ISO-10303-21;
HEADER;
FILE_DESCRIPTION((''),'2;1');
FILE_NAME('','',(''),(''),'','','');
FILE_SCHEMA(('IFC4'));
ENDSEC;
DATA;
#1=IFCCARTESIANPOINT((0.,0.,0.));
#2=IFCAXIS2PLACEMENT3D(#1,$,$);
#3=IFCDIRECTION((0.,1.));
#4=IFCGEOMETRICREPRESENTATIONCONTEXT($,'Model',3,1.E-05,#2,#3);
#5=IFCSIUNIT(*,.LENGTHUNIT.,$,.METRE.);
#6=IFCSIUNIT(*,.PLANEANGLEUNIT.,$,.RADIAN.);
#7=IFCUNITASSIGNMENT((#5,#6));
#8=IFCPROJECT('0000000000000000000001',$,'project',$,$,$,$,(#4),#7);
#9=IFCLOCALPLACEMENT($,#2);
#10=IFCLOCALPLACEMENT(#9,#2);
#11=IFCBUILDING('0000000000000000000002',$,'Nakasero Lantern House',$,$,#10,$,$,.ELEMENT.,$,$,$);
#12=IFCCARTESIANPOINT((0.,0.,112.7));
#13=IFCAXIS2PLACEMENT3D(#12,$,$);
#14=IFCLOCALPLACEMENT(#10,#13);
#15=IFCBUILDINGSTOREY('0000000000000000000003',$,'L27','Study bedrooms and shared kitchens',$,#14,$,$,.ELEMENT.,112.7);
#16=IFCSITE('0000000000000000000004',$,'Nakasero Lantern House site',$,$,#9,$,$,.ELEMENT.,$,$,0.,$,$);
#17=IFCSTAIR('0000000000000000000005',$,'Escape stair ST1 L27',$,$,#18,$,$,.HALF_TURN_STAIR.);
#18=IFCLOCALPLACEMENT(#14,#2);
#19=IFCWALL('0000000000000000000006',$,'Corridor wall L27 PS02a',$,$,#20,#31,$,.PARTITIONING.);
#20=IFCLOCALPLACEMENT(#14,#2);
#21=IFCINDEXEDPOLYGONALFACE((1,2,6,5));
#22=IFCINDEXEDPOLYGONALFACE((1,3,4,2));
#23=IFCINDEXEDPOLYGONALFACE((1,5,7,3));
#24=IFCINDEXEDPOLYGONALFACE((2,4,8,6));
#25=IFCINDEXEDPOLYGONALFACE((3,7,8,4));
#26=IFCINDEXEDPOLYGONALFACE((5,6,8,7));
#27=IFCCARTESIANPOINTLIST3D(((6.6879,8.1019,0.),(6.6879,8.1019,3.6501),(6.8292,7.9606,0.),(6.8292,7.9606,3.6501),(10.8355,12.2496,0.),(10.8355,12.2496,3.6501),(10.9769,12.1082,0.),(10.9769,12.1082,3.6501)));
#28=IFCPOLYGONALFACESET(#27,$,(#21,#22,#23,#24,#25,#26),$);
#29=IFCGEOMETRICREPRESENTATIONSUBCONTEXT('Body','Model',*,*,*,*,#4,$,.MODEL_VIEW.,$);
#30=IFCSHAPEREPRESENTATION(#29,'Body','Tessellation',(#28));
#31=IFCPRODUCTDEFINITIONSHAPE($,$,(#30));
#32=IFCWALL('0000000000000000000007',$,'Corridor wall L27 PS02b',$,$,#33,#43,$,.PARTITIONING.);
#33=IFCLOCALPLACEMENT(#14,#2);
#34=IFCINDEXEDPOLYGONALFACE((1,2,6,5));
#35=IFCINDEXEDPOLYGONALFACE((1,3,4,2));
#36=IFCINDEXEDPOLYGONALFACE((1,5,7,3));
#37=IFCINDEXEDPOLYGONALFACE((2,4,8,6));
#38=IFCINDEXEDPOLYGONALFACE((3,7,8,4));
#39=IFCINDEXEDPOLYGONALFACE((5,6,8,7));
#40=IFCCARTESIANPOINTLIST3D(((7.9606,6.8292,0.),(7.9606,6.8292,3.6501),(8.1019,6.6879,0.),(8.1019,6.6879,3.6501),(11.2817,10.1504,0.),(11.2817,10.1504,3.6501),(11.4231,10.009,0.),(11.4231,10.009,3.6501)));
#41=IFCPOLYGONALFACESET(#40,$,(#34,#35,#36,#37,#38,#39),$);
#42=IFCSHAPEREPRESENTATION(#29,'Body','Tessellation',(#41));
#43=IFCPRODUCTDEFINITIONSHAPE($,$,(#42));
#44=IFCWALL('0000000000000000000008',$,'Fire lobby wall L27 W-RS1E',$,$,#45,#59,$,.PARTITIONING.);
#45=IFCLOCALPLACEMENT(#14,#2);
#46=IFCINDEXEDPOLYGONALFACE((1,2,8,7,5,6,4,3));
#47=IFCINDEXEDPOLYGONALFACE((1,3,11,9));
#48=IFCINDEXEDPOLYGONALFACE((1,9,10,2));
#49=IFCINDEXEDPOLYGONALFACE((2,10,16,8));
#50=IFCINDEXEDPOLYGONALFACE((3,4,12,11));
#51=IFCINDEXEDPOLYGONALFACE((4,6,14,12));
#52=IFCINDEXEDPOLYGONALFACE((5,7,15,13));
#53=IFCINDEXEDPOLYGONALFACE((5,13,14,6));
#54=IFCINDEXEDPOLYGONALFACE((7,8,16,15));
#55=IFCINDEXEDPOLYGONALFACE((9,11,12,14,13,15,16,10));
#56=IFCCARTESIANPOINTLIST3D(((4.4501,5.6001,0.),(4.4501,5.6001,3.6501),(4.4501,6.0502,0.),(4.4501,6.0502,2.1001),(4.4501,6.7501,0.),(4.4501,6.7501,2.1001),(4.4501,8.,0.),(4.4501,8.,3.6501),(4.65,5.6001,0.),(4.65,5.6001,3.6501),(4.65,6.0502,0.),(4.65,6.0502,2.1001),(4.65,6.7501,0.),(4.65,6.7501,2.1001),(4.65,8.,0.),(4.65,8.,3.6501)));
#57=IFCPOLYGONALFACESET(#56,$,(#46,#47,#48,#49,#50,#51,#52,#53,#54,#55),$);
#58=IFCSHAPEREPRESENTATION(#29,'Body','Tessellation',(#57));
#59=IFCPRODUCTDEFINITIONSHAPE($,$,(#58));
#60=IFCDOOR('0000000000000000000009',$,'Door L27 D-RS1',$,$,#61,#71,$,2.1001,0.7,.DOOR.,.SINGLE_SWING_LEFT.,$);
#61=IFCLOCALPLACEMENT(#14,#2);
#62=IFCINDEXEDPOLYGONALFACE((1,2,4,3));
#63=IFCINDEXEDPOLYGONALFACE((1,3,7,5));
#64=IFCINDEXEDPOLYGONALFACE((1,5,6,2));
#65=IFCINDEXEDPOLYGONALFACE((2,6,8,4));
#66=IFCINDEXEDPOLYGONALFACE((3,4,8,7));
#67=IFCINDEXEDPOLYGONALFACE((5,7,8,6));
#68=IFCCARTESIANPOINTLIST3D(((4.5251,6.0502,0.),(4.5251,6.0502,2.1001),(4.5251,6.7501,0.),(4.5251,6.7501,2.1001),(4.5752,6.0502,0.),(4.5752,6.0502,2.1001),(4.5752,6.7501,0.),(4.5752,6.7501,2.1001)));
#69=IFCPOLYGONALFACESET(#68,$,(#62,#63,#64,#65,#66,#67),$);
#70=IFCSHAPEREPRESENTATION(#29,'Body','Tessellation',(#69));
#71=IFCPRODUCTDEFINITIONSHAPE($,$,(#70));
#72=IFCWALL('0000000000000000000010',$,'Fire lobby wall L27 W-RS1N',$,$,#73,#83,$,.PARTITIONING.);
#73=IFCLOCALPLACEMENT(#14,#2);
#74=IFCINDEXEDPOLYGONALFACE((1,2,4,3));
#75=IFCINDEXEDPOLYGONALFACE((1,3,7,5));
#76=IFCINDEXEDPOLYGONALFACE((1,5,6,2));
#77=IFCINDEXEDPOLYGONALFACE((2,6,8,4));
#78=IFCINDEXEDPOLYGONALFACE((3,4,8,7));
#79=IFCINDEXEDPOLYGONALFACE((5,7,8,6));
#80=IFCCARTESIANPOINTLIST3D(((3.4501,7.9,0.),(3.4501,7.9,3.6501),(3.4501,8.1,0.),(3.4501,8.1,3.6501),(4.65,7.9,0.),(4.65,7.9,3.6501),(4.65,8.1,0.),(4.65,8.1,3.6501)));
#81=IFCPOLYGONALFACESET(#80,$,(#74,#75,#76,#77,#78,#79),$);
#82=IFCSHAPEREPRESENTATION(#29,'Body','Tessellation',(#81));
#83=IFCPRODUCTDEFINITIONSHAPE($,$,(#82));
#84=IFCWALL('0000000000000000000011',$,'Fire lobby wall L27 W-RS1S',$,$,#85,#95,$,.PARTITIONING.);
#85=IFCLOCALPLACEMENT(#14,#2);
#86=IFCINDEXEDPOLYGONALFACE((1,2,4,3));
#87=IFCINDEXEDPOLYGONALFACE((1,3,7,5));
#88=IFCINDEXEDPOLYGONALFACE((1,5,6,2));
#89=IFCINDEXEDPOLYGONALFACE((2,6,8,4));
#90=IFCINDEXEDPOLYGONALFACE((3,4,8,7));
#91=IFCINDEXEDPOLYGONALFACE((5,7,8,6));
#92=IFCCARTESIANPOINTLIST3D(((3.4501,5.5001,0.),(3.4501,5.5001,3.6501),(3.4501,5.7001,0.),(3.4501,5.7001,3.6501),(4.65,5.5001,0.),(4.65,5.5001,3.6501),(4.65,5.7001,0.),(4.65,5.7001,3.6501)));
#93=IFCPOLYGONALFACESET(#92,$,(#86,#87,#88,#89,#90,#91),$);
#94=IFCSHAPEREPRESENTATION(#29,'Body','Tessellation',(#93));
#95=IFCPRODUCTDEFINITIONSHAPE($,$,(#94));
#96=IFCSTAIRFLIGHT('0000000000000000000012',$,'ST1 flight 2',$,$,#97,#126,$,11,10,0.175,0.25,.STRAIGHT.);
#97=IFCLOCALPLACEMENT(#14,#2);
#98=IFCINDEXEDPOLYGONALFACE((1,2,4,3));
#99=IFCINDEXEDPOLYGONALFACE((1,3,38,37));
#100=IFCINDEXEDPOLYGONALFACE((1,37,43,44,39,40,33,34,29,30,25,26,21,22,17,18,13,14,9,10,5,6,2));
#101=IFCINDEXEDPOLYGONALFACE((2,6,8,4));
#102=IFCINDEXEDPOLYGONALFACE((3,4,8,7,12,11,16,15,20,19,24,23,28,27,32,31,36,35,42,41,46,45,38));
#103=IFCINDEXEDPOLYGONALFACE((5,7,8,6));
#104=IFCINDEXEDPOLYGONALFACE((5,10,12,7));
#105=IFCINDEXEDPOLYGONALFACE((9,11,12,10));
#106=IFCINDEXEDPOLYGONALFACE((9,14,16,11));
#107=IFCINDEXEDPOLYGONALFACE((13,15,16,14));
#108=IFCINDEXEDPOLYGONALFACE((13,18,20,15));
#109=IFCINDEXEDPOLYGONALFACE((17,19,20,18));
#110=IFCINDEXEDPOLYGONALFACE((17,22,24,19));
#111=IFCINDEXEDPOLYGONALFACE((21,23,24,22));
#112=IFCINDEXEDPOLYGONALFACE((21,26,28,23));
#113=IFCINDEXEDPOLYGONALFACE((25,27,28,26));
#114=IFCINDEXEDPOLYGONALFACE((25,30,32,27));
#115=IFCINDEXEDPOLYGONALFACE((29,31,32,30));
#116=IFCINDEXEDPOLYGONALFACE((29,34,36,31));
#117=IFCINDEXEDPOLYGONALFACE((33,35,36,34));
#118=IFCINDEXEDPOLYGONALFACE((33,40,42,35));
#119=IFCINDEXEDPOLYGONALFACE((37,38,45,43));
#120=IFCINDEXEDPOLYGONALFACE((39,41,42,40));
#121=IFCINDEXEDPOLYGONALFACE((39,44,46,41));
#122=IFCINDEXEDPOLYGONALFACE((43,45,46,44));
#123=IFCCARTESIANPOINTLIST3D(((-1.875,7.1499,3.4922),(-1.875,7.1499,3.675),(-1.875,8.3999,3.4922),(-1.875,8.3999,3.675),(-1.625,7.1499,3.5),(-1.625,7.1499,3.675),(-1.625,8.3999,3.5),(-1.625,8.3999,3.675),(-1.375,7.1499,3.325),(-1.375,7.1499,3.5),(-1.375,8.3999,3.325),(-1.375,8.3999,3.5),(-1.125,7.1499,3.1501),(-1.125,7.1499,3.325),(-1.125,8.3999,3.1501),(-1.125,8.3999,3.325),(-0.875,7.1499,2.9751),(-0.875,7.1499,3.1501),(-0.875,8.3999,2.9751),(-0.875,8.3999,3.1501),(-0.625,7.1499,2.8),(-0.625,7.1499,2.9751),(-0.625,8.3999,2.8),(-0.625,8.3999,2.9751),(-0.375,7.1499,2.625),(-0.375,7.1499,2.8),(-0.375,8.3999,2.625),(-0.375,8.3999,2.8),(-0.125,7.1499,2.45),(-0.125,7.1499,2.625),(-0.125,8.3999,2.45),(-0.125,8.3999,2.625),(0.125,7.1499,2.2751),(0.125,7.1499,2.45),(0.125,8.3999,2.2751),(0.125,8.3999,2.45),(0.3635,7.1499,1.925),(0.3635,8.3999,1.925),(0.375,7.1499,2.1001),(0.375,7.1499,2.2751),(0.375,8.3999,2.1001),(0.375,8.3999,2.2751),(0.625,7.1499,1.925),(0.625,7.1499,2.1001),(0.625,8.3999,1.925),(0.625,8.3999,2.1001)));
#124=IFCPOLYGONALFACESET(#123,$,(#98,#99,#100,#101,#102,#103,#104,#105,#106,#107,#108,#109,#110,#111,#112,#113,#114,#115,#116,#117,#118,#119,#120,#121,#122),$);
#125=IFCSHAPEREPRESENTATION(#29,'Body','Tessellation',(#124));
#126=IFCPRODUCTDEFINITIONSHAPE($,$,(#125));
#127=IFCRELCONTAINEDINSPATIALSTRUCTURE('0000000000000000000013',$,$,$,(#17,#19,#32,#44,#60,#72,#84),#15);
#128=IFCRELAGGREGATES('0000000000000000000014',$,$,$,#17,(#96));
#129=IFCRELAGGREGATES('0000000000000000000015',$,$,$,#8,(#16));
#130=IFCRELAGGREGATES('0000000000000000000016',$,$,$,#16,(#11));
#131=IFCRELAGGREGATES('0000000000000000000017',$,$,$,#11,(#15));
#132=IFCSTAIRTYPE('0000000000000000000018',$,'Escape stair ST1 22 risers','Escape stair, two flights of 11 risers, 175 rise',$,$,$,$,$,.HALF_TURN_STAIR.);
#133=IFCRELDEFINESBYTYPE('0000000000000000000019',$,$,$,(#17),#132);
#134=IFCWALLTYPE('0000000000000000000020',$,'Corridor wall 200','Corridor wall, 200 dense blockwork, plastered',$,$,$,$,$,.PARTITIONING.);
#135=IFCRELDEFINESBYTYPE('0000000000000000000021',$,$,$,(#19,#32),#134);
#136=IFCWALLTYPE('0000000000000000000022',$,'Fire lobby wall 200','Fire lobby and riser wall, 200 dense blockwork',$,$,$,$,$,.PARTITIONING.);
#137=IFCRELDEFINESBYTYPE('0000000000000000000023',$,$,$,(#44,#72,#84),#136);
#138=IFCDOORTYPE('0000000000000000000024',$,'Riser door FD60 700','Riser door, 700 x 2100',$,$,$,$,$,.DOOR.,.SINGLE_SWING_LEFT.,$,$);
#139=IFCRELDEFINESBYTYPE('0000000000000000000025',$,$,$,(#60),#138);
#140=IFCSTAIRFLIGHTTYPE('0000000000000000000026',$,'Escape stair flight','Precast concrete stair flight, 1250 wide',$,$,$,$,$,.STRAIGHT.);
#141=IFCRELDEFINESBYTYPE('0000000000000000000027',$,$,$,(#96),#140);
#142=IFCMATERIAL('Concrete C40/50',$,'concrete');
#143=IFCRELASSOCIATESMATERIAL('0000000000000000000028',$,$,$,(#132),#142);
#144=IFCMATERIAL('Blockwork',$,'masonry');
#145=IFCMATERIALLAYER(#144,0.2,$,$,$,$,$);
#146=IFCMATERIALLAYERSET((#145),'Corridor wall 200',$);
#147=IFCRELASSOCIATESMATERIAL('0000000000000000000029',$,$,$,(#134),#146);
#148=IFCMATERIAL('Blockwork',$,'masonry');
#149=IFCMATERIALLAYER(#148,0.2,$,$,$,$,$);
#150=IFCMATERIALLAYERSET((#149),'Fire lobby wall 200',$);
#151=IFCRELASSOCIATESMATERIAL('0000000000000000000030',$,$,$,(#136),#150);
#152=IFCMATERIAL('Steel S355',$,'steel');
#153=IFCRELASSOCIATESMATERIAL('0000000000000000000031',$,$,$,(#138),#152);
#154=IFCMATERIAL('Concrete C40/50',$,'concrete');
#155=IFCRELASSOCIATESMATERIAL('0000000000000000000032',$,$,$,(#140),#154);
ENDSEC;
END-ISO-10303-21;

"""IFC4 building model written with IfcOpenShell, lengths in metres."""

from ifc_helpers import new_model, si_unit, direction, frame, frame_2d, origin, place, context, subcontext, project, spatial, polyline, rectangle, outline, extrude, material, layer, layer_set, type_object, element, fill, aggregate, save


model = new_model("IFC4")

# Units and contexts
model_context = context("Model", 3, precision=1e-05, world=origin(), true_north=direction((0.0, 1.0)))
body_context = subcontext(model_context, "Body", "Model", "MODEL_VIEW")
ifc_project = project(units=[si_unit("LENGTHUNIT", "METRE"), si_unit("PLANEANGLEUNIT", "RADIAN")], contexts=[model_context])

# Site, building, storey
site_placement = place(None, origin())
site = spatial("IfcSite", under=ifc_project, at=site_placement, Name="Nakasero Lantern House site", CompositionType="ELEMENT", RefElevation=0.0)
building_placement = place(site_placement, origin())
building = spatial("IfcBuilding", under=site, at=building_placement, Name="Nakasero Lantern House", CompositionType="ELEMENT")
storey_placement = place(building_placement, frame((0.0, 0.0, 112.7)))
storey = spatial("IfcBuildingStorey", under=building, at=storey_placement, Name="L27", Description="Study bedrooms and shared kitchens", CompositionType="ELEMENT", Elevation=112.7)

# Stair
ifc_material_1 = material(Name="Concrete C40/50", Category="concrete")
stair_type_1 = type_object("IfcStairType", Name="Escape stair ST1 22 risers", Description="Escape stair, two flights of 11 risers, 175 rise", PredefinedType="HALF_TURN_STAIR", material=ifc_material_1)
stair_1_placement = place(storey_placement, origin())
stair_1 = element("IfcStair", 1, at=stair_1_placement, inside=storey, type_object=stair_type_1, Name="Escape stair ST1 L27", PredefinedType="HALF_TURN_STAIR")

# Walls
ifc_material_2 = material(Name="Blockwork", Category="masonry")
ifc_layer_1 = layer(ifc_material_2, 0.2)
ifc_layer_set_1 = layer_set([ifc_layer_1], Name="Corridor wall 200")
wall_type_1 = type_object("IfcWallType", Name="Corridor wall 200", Description="Corridor wall, 200 dense blockwork, plastered", PredefinedType="PARTITIONING", material=ifc_layer_set_1)
wall_1_placement = place(storey_placement, frame((6.7585, 8.0312, 0.0), z_axis=(0.0, 0.0, 1.0), x_axis=(0.707107, 0.707107, 0.0)))
element("IfcWall", 2, at=wall_1_placement, inside=storey, type_object=wall_type_1, Name="Corridor wall L27 PS02a", PredefinedType="PARTITIONING", context=body_context, shape_type="SweptSolid", body=[
    extrude(rectangle(XDim=5.8657, YDim=0.2, at=frame_2d((2.9329, 0.0))), origin(), (0.0, 0.0, 1.0), 3.6501),
])
wall_2_placement = place(storey_placement, frame((8.0312, 6.7585, 0.0), z_axis=(0.0, 0.0, 1.0), x_axis=(0.707107, 0.707107, 0.0)))
element("IfcWall", 3, at=wall_2_placement, inside=storey, type_object=wall_type_1, Name="Corridor wall L27 PS02b", PredefinedType="PARTITIONING", context=body_context, shape_type="SweptSolid", body=[
    extrude(rectangle(XDim=4.6968, YDim=0.2, at=frame_2d((2.3484, 0.0))), origin(), (0.0, 0.0, 1.0), 3.6501),
])

# Wall, opening, door
ifc_material_3 = material(Name="Blockwork", Category="masonry")
ifc_layer_2 = layer(ifc_material_3, 0.2)
ifc_layer_set_2 = layer_set([ifc_layer_2], Name="Fire lobby wall 200")
wall_type_2 = type_object("IfcWallType", Name="Fire lobby wall 200", Description="Fire lobby and riser wall, 200 dense blockwork", PredefinedType="PARTITIONING", material=ifc_layer_set_2)
wall_3_placement = place(storey_placement, frame((4.55, 5.6001, 0.0), z_axis=(0.0, 0.0, 1.0), x_axis=(0.0, 1.0, 0.0)))
wall_3 = element("IfcWall", 4, at=wall_3_placement, inside=storey, type_object=wall_type_2, Name="Fire lobby wall L27 W-RS1E", PredefinedType="PARTITIONING", context=body_context, shape_type="SweptSolid", body=[
    extrude(rectangle(XDim=2.3999, YDim=0.2, at=frame_2d((1.2, 0.0))), origin(), (0.0, 0.0, 1.0), 3.6501),
])
opening_1_placement = place(wall_3_placement, frame((0.45, 0.0, 0.0)))
opening_1 = element("IfcOpeningElement", 5, at=opening_1_placement, cuts=wall_3, PredefinedType="OPENING", context=body_context, shape_type="SweptSolid", body=[
    extrude(rectangle(XDim=0.7, YDim=2.1001, at=frame_2d((0.3501, 1.05))), frame((0.0, 0.1199, 0.0), z_axis=(0.0, -1.0, 0.0), x_axis=(1.0, 0.0, 0.0)), (0.0, 0.0, 1.0), 0.24),
])
ifc_material_4 = material(Name="Steel S355", Category="steel")
door_type_1 = type_object("IfcDoorType", Name="Riser door FD60 700", Description="Riser door, 700 x 2100", OperationType="SINGLE_SWING_LEFT", PredefinedType="DOOR", material=ifc_material_4)
door_1_placement = place(opening_1_placement, origin())
door_1 = element("IfcDoor", 6, at=door_1_placement, inside=storey, type_object=door_type_1, Name="Door L27 D-RS1", OperationType="SINGLE_SWING_LEFT", OverallHeight=2.1001, OverallWidth=0.7, PredefinedType="DOOR", context=body_context, shape_type="SweptSolid", body=[
    extrude(rectangle(XDim=0.7, YDim=2.1001, at=frame_2d((0.3501, 1.05))), frame((0.0, 0.0249, 0.0), z_axis=(0.0, -1.0, 0.0), x_axis=(1.0, 0.0, 0.0)), (0.0, 0.0, 1.0), 0.05),
])
fill(opening_1, door_1)

# Walls
for number, where, z_axis, x_axis, name in (
    (7, (3.45, 8.0, 0.0), (0.0, 0.0, 1.0), (1.0, 0.0, 0.0), "Fire lobby wall L27 W-RS1N"),
    (8, (3.45, 5.6001, 0.0), (0.0, 0.0, 1.0), (1.0, 0.0, 0.0), "Fire lobby wall L27 W-RS1S"),
):
    element("IfcWall", number, at=place(storey_placement, frame(where, z_axis=z_axis, x_axis=x_axis)), inside=storey, type_object=wall_type_2, Name=name, PredefinedType="PARTITIONING", context=body_context, shape_type="SweptSolid", body=[
        extrude(rectangle(XDim=1.2, YDim=0.2, at=frame_2d((0.6001, 0.0))), origin(), (0.0, 0.0, 1.0), 3.6501),
    ])

# Stair flight
ifc_material_5 = material(Name="Concrete C40/50", Category="concrete")
stair_flight_type = type_object("IfcStairFlightType", Name="Escape stair flight", Description="Precast concrete stair flight, 1250 wide", PredefinedType="STRAIGHT", material=ifc_material_5)
stair_flight_placement = place(storey_placement, frame((0.625, 7.7749, 1.925), z_axis=(0.0, 0.0, 1.0), x_axis=(-1.0, 0.0, 0.0)))
stair_flight = element("IfcStairFlight", 9, at=stair_flight_placement, type_object=stair_flight_type, Name="ST1 flight 2", NumberOfRisers=11, NumberOfTreads=10, PredefinedType="STRAIGHT", RiserHeight=0.175, TreadLength=0.25, context=body_context, shape_type="SweptSolid", body=[
    extrude(outline(polyline([(0.0, 0.0), (0.0, 0.175), (0.25, 0.175), (0.25, 0.3501), (0.5, 0.3501), (0.5, 0.5249), (0.75, 0.5249), (0.75, 0.7), (1.0, 0.7), (1.0, 0.875), (1.25, 0.875), (1.25, 1.05), (1.5, 1.05), (1.5, 1.2251), (1.75, 1.2251), (1.75, 1.3999), (2.0, 1.3999), (2.0, 1.575), (2.25, 1.575), (2.25, 1.75), (2.5, 1.75), (2.5, 1.925), (2.5, 1.5671), (0.2615, 0.0), (0.0, 0.0)])), frame((0.0, 0.625, 0.0), z_axis=(0.0, -1.0, 0.0), x_axis=(1.0, 0.0, 0.0)), (0.0, 0.0, 1.0), 1.25),
])
aggregate(stair_1, [stair_flight])

save(model, "model.ifc")
